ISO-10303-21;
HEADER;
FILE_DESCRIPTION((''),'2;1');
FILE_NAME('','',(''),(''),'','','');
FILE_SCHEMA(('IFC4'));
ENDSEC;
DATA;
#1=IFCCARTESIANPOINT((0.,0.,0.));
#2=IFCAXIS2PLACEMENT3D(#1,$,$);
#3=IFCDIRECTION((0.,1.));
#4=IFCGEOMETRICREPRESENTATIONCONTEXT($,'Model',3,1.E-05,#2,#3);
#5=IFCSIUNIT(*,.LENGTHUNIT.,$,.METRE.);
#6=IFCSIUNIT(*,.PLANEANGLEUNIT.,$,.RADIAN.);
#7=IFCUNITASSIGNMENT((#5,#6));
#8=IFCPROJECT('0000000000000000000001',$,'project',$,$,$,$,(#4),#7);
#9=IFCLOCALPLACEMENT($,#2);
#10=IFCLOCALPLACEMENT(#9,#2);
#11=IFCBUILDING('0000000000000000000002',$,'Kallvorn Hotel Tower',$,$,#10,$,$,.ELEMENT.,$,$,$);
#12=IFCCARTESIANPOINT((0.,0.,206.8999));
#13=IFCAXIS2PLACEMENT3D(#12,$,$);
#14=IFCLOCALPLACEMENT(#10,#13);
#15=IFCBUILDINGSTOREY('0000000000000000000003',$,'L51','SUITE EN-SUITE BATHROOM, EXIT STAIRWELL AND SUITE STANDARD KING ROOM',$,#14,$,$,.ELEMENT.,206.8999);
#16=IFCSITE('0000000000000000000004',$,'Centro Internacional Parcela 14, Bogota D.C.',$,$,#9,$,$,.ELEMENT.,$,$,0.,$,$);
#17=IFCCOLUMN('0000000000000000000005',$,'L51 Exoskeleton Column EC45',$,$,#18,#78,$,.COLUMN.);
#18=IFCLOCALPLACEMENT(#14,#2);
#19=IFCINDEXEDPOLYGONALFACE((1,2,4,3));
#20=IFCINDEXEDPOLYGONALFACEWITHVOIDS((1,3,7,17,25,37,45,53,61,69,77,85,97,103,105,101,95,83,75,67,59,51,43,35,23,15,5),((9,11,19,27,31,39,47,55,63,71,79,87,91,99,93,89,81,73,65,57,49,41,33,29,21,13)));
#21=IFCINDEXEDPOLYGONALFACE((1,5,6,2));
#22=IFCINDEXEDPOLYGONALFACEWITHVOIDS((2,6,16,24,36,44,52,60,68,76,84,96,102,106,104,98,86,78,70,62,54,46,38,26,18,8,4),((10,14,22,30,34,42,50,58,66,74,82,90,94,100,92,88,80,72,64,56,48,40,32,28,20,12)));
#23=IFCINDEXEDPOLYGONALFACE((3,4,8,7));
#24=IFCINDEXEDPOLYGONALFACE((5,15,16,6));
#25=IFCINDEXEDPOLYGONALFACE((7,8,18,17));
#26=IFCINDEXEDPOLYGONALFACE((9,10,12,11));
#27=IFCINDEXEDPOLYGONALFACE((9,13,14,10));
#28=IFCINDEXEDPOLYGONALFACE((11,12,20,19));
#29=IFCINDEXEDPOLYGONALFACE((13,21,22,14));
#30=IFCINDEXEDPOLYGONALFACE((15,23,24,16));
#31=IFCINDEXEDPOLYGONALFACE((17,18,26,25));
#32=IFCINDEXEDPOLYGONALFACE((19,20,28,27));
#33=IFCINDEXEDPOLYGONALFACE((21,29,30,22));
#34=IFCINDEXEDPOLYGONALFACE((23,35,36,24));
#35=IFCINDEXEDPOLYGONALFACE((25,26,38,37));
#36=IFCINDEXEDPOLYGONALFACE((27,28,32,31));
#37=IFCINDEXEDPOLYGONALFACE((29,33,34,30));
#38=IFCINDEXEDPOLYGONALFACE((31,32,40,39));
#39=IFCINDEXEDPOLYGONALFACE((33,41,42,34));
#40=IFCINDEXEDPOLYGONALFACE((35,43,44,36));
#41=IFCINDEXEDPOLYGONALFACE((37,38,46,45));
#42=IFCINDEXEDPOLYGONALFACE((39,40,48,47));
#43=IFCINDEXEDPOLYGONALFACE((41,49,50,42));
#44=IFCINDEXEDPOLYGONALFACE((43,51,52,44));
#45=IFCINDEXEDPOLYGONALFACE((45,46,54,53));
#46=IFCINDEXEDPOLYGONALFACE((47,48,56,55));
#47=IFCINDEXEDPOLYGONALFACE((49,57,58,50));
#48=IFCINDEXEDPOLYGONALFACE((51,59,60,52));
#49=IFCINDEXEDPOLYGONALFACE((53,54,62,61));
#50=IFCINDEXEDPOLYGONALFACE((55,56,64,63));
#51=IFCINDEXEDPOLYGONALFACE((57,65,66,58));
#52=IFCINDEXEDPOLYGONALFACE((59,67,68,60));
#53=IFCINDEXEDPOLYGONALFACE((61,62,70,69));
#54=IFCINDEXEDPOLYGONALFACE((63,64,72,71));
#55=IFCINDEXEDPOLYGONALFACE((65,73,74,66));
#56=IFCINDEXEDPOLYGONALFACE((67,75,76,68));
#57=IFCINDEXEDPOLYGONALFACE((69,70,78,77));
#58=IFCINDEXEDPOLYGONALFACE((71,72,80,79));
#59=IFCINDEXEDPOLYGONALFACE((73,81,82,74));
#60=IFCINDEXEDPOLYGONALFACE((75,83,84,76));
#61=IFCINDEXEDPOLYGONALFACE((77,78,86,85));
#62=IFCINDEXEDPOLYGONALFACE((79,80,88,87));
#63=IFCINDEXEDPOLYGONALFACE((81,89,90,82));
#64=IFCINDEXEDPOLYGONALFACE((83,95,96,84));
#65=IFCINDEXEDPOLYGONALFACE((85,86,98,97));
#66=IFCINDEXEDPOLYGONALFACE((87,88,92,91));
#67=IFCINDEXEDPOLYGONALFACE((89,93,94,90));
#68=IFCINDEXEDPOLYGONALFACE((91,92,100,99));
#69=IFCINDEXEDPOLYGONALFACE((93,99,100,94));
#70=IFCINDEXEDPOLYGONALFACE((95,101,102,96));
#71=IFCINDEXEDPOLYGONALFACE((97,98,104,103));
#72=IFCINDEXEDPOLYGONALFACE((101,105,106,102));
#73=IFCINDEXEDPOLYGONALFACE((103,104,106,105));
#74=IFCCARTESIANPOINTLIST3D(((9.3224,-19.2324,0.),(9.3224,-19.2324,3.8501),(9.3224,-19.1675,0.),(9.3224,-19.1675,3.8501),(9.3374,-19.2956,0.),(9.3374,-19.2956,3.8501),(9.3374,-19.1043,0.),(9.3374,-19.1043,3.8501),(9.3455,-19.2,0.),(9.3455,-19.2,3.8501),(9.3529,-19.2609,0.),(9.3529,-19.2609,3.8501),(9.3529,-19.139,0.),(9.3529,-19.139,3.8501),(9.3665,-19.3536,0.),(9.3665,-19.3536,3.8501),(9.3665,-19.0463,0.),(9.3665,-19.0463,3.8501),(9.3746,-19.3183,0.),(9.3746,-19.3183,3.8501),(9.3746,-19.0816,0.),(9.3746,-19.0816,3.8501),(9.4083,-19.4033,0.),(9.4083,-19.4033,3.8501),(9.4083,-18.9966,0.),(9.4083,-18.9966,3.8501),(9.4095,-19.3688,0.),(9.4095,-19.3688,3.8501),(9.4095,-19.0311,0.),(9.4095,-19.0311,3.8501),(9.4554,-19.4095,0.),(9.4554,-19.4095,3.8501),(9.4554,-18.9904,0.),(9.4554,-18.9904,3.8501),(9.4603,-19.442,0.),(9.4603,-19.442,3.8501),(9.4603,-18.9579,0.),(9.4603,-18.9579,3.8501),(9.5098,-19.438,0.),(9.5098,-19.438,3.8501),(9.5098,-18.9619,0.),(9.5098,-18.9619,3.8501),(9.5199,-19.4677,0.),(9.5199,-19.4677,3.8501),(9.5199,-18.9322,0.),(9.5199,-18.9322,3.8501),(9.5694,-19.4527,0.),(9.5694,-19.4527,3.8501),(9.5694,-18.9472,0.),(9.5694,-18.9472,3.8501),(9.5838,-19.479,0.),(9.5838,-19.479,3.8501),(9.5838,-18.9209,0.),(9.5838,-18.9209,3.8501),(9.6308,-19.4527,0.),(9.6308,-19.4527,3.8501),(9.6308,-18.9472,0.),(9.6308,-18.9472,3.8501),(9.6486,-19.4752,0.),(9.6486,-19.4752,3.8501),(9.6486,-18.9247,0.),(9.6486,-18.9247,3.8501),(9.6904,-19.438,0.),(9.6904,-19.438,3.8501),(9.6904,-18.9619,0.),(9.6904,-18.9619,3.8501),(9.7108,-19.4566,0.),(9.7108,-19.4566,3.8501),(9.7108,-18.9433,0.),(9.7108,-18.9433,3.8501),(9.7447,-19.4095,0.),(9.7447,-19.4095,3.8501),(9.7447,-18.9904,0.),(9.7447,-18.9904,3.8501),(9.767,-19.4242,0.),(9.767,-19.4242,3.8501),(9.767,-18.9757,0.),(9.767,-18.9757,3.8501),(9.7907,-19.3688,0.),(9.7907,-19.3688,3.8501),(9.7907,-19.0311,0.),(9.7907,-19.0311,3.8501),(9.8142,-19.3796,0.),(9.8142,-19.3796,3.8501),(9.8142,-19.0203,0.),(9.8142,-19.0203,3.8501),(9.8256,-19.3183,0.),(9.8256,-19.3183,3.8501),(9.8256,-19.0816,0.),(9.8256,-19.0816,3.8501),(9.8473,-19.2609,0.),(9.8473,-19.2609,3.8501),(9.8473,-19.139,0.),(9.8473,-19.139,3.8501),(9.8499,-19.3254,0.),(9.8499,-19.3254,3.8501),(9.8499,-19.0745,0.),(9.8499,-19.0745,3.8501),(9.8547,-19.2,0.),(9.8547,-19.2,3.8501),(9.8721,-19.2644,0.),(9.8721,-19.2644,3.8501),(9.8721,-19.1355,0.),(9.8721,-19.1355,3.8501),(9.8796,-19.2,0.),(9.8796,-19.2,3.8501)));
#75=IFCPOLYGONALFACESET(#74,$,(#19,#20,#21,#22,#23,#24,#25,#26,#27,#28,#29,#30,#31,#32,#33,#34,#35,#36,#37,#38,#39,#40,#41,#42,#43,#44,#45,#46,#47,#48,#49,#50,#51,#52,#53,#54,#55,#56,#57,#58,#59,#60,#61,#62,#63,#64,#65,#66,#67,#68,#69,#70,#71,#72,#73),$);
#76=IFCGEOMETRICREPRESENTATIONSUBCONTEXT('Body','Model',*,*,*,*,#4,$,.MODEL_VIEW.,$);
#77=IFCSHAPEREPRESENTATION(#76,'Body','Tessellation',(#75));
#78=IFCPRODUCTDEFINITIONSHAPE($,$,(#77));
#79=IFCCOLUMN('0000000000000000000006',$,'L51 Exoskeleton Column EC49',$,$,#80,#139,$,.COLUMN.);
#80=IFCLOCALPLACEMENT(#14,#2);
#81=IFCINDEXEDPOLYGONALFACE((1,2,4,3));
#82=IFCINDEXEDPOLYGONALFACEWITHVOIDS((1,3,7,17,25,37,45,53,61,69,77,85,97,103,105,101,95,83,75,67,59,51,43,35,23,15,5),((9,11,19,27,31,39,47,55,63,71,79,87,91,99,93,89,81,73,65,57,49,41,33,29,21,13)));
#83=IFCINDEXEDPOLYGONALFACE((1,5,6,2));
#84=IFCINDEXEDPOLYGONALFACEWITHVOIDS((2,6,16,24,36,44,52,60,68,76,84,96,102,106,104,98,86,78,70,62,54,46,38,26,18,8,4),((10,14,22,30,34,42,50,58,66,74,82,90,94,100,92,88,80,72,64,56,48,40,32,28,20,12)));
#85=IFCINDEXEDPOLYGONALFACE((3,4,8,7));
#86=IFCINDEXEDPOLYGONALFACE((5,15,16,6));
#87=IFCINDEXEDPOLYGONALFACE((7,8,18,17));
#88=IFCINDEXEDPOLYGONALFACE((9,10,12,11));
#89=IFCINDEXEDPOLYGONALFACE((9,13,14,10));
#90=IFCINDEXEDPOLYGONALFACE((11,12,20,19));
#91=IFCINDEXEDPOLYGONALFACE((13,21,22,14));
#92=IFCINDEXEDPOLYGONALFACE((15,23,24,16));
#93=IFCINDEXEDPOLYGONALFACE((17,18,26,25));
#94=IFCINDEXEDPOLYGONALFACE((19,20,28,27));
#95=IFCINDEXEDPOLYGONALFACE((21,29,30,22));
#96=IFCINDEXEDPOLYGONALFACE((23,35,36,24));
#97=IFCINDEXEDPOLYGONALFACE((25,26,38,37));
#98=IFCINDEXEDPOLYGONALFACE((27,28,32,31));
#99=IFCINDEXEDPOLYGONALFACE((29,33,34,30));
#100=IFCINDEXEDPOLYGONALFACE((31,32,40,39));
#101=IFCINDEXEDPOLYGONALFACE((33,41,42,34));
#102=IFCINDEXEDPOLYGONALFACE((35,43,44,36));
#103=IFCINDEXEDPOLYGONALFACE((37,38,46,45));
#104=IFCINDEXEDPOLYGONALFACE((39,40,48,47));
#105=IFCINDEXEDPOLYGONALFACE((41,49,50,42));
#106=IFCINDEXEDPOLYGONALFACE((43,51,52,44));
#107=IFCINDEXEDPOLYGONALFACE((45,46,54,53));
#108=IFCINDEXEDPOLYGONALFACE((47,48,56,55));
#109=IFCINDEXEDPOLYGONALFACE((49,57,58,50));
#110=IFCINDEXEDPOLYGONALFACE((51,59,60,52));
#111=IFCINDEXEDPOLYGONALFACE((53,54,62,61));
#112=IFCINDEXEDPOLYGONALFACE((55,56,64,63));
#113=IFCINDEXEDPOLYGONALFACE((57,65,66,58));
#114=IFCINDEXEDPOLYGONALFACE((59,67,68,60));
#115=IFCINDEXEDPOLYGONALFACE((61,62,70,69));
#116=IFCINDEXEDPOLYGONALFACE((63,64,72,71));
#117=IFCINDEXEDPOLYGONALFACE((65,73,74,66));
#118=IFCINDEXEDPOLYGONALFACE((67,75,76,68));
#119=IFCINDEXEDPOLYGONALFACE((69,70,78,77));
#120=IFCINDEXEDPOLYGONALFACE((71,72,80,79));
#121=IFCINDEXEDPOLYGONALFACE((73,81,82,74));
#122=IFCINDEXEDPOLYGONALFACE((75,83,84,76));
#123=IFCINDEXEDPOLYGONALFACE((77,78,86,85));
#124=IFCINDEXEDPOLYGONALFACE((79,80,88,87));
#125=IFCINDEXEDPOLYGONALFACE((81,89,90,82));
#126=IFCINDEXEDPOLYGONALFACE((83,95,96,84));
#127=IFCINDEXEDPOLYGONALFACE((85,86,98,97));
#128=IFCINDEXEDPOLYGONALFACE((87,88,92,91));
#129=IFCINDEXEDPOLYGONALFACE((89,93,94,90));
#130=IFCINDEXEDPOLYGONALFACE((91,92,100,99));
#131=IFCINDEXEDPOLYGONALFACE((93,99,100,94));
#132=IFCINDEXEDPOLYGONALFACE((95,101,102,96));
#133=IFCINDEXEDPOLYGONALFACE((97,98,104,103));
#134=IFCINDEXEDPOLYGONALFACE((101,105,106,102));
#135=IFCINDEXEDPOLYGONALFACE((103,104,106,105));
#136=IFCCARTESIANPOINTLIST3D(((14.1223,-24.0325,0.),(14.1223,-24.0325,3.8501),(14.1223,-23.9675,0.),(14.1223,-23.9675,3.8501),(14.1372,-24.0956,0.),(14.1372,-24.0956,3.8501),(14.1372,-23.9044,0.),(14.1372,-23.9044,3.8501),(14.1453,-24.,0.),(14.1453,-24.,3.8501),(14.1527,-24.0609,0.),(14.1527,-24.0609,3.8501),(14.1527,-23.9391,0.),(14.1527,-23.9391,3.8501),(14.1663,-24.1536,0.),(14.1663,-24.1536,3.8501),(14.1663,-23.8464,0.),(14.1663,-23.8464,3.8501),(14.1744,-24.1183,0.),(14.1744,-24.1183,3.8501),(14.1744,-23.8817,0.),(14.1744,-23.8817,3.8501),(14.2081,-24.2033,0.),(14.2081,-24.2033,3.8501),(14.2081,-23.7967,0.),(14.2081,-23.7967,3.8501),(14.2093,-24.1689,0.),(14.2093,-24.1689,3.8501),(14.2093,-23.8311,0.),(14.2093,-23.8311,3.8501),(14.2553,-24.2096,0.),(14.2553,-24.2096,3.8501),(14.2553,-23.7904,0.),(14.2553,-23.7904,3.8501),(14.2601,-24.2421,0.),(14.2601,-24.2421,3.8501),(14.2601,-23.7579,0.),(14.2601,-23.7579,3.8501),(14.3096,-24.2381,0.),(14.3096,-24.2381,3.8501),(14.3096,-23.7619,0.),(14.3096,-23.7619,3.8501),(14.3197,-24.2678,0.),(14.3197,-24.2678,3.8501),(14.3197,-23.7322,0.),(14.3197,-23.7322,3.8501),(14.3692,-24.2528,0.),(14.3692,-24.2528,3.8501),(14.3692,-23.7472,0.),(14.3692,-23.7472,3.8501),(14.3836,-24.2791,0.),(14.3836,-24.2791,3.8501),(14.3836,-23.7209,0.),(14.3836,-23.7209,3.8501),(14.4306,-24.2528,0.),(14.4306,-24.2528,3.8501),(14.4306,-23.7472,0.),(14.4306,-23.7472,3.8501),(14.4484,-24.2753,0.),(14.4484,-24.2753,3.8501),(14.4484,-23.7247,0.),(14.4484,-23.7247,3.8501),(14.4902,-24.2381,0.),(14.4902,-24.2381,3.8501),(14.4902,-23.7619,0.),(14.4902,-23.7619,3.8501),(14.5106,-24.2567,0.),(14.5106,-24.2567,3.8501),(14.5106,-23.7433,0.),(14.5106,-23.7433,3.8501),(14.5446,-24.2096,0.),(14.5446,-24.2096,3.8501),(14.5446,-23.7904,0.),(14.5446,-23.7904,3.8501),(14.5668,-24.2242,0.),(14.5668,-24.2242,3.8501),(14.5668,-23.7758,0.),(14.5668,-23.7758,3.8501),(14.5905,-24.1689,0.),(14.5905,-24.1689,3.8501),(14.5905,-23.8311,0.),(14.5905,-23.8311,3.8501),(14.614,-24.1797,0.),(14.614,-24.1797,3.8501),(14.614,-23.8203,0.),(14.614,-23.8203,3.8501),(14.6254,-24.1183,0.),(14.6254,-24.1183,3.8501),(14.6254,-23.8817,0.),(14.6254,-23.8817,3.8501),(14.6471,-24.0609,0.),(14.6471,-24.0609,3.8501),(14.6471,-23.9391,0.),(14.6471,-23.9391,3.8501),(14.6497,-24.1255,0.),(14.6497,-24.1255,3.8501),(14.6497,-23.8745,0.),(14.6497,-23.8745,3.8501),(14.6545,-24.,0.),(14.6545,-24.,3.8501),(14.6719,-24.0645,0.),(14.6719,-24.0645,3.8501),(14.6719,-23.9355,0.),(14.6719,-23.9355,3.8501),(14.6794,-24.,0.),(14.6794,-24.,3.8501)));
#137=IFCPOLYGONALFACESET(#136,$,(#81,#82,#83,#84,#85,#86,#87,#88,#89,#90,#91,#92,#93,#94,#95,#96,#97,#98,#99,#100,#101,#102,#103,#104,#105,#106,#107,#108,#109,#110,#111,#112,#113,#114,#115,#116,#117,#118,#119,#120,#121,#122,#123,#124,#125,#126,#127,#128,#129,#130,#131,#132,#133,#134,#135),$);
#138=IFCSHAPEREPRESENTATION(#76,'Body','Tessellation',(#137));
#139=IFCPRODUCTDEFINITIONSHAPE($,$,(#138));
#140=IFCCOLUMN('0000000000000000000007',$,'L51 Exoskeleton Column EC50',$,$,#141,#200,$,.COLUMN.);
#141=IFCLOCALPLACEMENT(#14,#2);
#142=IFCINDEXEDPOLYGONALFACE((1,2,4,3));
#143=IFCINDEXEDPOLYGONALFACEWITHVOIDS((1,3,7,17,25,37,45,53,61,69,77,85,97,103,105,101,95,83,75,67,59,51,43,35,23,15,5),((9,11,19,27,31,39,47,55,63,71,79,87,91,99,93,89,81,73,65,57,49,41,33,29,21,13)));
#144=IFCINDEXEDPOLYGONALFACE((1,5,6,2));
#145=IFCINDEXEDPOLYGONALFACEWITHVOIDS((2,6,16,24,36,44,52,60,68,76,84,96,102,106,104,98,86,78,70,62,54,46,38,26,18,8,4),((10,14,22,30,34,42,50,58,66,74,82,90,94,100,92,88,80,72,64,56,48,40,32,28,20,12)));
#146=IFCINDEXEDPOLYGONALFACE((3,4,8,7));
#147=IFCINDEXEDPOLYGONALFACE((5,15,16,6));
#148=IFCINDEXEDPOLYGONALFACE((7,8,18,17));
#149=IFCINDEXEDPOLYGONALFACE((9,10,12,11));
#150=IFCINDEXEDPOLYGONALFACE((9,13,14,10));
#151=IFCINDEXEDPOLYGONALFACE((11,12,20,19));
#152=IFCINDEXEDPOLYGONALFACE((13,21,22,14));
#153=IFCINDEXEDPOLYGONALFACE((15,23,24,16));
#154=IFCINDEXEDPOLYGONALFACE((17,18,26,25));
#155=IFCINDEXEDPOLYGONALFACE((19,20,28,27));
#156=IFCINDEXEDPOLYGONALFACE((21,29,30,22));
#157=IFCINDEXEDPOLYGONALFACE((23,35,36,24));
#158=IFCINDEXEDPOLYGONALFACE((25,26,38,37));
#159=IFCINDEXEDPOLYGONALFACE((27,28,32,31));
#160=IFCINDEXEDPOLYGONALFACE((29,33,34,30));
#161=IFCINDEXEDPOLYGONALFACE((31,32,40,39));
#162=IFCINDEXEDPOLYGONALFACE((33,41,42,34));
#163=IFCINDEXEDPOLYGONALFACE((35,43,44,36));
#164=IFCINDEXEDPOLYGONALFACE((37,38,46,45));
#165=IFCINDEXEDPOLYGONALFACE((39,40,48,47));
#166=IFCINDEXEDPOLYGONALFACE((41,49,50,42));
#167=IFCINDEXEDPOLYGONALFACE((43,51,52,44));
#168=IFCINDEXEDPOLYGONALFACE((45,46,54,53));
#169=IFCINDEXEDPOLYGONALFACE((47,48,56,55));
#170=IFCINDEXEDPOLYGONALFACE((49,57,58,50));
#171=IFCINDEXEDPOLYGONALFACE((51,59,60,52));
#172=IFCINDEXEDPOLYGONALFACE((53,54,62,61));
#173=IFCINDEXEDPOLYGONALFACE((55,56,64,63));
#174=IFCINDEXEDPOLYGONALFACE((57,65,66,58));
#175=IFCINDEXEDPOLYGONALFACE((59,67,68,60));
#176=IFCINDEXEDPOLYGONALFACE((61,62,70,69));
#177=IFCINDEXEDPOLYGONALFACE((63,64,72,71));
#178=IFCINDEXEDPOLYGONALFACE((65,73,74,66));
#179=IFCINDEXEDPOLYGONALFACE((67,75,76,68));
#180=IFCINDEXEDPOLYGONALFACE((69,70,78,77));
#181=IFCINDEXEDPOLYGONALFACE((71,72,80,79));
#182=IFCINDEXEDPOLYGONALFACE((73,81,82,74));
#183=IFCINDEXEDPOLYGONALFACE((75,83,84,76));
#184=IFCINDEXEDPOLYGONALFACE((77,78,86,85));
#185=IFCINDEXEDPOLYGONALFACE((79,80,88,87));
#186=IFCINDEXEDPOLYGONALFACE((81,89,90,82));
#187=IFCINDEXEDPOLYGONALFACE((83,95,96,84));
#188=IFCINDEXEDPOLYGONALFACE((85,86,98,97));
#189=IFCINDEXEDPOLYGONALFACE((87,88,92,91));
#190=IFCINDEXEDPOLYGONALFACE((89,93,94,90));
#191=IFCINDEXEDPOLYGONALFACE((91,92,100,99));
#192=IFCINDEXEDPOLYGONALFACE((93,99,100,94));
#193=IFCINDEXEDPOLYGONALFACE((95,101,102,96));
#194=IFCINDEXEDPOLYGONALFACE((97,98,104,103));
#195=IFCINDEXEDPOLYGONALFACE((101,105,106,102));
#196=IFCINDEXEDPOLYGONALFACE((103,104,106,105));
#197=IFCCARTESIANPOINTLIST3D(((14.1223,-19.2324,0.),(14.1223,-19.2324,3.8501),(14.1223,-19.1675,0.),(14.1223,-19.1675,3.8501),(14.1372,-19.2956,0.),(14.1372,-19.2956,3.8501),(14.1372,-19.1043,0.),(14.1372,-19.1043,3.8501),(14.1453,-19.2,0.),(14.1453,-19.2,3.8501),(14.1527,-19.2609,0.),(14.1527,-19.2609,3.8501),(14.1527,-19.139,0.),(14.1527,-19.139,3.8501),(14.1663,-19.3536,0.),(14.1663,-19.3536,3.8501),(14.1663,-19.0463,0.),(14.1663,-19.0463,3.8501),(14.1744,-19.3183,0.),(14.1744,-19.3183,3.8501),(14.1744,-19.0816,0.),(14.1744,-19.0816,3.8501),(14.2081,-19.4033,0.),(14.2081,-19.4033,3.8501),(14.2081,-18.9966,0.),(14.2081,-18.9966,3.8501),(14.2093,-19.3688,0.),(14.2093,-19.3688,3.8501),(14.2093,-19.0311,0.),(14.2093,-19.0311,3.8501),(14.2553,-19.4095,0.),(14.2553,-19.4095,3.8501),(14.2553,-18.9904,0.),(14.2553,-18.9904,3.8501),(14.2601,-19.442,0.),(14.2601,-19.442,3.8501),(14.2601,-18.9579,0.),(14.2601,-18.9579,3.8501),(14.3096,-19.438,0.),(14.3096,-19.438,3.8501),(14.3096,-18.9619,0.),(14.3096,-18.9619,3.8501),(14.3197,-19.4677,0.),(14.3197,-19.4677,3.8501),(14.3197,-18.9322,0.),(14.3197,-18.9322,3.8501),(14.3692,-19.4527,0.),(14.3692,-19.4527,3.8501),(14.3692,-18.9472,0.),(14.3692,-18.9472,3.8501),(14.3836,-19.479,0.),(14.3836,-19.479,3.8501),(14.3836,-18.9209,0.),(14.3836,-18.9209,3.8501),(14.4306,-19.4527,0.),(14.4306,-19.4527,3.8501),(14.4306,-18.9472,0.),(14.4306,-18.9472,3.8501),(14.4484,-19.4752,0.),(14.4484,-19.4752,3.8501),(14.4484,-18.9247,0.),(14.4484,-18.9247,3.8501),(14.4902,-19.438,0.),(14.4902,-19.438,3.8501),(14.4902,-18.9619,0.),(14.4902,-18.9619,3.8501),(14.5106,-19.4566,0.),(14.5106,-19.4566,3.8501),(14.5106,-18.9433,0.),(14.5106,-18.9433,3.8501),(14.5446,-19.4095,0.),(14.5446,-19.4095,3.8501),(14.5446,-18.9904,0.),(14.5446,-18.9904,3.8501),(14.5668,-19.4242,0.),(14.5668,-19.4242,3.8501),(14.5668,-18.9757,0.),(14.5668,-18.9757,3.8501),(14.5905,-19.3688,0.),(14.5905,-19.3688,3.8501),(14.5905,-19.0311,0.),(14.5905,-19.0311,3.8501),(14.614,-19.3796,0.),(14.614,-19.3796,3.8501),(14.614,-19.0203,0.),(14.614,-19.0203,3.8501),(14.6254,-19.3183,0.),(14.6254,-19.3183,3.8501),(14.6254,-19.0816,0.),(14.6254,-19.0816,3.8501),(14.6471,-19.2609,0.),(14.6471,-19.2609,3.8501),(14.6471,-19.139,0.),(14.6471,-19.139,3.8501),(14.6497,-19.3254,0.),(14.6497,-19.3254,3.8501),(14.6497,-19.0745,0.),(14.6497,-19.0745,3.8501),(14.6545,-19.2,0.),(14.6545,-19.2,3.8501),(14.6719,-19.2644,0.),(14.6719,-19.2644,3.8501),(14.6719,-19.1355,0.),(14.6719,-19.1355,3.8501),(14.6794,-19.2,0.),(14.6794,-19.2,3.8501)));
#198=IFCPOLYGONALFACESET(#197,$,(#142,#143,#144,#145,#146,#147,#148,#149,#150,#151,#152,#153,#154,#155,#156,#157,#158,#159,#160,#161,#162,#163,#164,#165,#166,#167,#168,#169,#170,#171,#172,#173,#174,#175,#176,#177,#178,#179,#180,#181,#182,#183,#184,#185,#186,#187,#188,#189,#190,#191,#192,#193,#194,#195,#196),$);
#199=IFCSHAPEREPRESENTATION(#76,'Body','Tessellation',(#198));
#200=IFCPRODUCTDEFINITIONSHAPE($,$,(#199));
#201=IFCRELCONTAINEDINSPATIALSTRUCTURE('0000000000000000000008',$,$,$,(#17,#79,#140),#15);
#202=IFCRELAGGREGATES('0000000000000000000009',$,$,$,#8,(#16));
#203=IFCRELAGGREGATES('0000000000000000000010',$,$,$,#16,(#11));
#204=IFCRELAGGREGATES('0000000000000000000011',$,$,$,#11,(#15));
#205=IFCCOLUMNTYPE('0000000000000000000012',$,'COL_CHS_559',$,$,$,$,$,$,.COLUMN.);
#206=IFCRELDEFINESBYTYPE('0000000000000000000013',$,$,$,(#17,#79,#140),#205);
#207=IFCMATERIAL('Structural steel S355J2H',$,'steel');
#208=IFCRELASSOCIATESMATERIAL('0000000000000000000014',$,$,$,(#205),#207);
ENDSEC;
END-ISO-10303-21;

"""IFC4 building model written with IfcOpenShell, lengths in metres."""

from ifc_helpers import new_model, si_unit, direction, frame, origin, origin_2d, place, context, subcontext, project, spatial, hollow_circle, extrude, material, material_profile, profile_set, type_object, element, save


model = new_model("IFC4")

# Units and contexts
model_context = context("Model", 3, precision=1e-05, world=origin(), true_north=direction((0.0, 1.0)))
body_context = subcontext(model_context, "Body", "Model", "MODEL_VIEW")
ifc_project = project(units=[si_unit("LENGTHUNIT", "METRE"), si_unit("PLANEANGLEUNIT", "RADIAN")], contexts=[model_context])

# Site, building, storey
site_placement = place(None, origin())
site = spatial("IfcSite", under=ifc_project, at=site_placement, Name="Centro Internacional Parcela 14, Bogota D.C.", CompositionType="ELEMENT", RefElevation=0.0)
building_placement = place(site_placement, origin())
building = spatial("IfcBuilding", under=site, at=building_placement, Name="Kallvorn Hotel Tower", CompositionType="ELEMENT")
storey_placement = place(building_placement, frame((0.0, 0.0, 206.8999)))
storey = spatial("IfcBuildingStorey", under=building, at=storey_placement, Name="L51", Description="SUITE EN-SUITE BATHROOM, EXIT STAIRWELL AND SUITE STANDARD KING ROOM", CompositionType="ELEMENT", Elevation=206.8999)

# Columns
ifc_material_1 = material(Name="Structural steel S355J2H", Category="steel")
ifc_material_profile_1 = material_profile(ifc_material_1, hollow_circle(Radius=0.2795, WallThickness=0.0249, at=origin_2d()), Name="CHS 559x25")
ifc_profile_set_1 = profile_set([ifc_material_profile_1], Name="Structural steel S355J2H")
column_type = type_object("IfcColumnType", Name="COL_CHS_559", PredefinedType="COLUMN", material=ifc_profile_set_1)
for number, where, z_axis, x_axis, name in (
    (1, (9.6001, -19.2, 0.0), (0.0, 0.0, 1.0), (1.0, 0.0, 0.0), "L51 Exoskeleton Column EC45"),
    (2, (14.3999, -24.0, 0.0), (0.0, 0.0, 1.0), (1.0, 0.0, 0.0), "L51 Exoskeleton Column EC49"),
    (3, (14.3999, -19.2, 0.0), (0.0, 0.0, 1.0), (1.0, 0.0, 0.0), "L51 Exoskeleton Column EC50"),
):
    element("IfcColumn", number, at=place(storey_placement, frame(where, z_axis=z_axis, x_axis=x_axis)), inside=storey, type_object=column_type, Name=name, PredefinedType="COLUMN", context=body_context, shape_type="SweptSolid", body=[
        extrude(hollow_circle(Radius=0.2795, WallThickness=0.0249, at=origin_2d()), origin(), (0.0, 0.0, 1.0), 3.8501),
    ])

save(model, "model.ifc")
